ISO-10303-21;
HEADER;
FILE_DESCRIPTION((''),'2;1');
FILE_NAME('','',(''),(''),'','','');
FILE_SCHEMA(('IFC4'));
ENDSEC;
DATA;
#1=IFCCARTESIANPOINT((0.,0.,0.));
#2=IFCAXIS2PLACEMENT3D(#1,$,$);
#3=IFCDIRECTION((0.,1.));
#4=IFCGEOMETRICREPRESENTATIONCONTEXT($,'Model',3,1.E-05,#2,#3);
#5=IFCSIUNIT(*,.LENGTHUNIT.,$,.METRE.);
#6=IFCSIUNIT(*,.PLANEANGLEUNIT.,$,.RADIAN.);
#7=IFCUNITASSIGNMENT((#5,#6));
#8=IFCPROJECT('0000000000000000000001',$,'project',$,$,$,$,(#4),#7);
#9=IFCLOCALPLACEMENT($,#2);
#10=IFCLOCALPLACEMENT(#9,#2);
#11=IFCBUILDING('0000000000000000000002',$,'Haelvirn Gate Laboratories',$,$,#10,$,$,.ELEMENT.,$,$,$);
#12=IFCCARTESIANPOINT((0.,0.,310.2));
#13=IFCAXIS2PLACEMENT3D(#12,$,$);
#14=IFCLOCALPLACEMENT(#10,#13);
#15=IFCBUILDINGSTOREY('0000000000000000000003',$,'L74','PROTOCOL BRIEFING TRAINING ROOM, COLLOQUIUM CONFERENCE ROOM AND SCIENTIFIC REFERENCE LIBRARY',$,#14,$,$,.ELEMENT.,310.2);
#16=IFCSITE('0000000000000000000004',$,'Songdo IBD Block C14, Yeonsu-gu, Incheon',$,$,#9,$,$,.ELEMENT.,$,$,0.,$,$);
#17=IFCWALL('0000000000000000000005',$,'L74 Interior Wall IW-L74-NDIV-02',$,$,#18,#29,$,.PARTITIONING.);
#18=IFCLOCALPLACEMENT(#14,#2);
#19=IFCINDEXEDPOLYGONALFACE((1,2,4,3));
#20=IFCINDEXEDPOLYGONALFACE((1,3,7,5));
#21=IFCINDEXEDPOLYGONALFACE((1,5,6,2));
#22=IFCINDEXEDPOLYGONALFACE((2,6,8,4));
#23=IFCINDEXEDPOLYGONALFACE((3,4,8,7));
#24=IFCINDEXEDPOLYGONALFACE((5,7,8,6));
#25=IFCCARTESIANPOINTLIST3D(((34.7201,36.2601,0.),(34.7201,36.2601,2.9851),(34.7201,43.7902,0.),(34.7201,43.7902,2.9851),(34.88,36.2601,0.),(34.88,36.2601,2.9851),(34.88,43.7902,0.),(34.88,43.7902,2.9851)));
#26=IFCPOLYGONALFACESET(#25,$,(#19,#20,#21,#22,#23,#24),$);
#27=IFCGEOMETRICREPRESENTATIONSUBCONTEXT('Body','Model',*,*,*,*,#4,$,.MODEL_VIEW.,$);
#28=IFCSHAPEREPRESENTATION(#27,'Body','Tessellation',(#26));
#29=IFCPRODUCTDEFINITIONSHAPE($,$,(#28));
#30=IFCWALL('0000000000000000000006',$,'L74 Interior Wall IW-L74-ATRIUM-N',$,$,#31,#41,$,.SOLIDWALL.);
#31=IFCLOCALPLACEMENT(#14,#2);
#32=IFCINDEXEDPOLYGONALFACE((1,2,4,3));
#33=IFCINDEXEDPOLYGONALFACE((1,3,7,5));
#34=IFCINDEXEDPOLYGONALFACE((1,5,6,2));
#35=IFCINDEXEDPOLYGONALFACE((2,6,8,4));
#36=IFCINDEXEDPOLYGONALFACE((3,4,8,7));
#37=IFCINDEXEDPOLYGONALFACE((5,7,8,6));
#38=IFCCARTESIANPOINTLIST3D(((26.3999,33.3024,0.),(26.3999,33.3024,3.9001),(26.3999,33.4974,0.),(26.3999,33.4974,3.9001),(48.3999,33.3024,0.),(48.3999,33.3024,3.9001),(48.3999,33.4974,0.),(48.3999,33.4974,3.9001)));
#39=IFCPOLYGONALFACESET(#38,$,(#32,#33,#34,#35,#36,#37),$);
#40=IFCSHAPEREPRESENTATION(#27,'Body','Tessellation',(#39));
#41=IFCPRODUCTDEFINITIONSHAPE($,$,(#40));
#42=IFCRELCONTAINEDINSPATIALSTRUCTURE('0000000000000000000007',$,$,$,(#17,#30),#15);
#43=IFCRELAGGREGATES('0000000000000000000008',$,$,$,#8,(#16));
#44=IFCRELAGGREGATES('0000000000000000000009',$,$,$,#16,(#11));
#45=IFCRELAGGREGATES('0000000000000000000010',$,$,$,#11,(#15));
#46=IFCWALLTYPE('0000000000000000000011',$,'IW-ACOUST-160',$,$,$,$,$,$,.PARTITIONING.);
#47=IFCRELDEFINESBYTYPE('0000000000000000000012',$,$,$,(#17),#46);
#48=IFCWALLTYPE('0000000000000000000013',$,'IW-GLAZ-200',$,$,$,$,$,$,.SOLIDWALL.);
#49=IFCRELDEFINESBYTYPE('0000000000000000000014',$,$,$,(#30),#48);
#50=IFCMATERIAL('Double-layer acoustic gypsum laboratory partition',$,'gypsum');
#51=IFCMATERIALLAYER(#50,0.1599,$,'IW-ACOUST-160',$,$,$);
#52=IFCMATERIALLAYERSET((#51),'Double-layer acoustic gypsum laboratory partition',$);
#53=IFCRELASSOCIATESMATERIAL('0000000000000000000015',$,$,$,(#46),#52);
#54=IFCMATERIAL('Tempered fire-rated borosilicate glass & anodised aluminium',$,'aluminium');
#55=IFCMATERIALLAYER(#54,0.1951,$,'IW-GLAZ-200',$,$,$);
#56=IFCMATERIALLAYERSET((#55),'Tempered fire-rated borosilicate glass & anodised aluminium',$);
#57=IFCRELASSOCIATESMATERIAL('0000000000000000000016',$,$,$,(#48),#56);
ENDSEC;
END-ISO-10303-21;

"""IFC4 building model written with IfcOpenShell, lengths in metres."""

from ifc_helpers import new_model, si_unit, direction, frame, frame_2d, origin, place, context, subcontext, project, spatial, rectangle, extrude, material, layer, layer_set, type_object, element, save


model = new_model("IFC4")

# Units and contexts
model_context = context("Model", 3, precision=1e-05, world=origin(), true_north=direction((0.0, 1.0)))
body_context = subcontext(model_context, "Body", "Model", "MODEL_VIEW")
ifc_project = project(units=[si_unit("LENGTHUNIT", "METRE"), si_unit("PLANEANGLEUNIT", "RADIAN")], contexts=[model_context])

# Site, building, storey
site_placement = place(None, origin())
site = spatial("IfcSite", under=ifc_project, at=site_placement, Name="Songdo IBD Block C14, Yeonsu-gu, Incheon", CompositionType="ELEMENT", RefElevation=0.0)
building_placement = place(site_placement, origin())
building = spatial("IfcBuilding", under=site, at=building_placement, Name="Haelvirn Gate Laboratories", CompositionType="ELEMENT")
storey_placement = place(building_placement, frame((0.0, 0.0, 310.2)))
storey = spatial("IfcBuildingStorey", under=building, at=storey_placement, Name="L74", Description="PROTOCOL BRIEFING TRAINING ROOM, COLLOQUIUM CONFERENCE ROOM AND SCIENTIFIC REFERENCE LIBRARY", CompositionType="ELEMENT", Elevation=310.2)

# Walls
ifc_material_1 = material(Name="Double-layer acoustic gypsum laboratory partition", Category="gypsum")
ifc_layer_1 = layer(ifc_material_1, 0.1599, Name="IW-ACOUST-160")
ifc_layer_set_1 = layer_set([ifc_layer_1], Name="Double-layer acoustic gypsum laboratory partition")
wall_type_1 = type_object("IfcWallType", Name="IW-ACOUST-160", PredefinedType="PARTITIONING", material=ifc_layer_set_1)
wall_1_placement = place(storey_placement, frame((34.8, 36.26, 0.0), z_axis=(0.0, 0.0, 1.0), x_axis=(0.0, 1.0, 0.0)))
element("IfcWall", 1, at=wall_1_placement, inside=storey, type_object=wall_type_1, Name="L74 Interior Wall IW-L74-NDIV-02", PredefinedType="PARTITIONING", context=body_context, shape_type="SweptSolid", body=[
    extrude(rectangle(XDim=7.53, YDim=0.1599, at=frame_2d((3.7651, 0.0))), origin(), (0.0, 0.0, 1.0), 2.9851),
])
ifc_material_2 = material(Name="Tempered fire-rated borosilicate glass & anodised aluminium", Category="aluminium")
ifc_layer_2 = layer(ifc_material_2, 0.1951, Name="IW-GLAZ-200")
ifc_layer_set_2 = layer_set([ifc_layer_2], Name="Tempered fire-rated borosilicate glass & anodised aluminium")
wall_type_2 = type_object("IfcWallType", Name="IW-GLAZ-200", PredefinedType="SOLIDWALL", material=ifc_layer_set_2)
wall_2_placement = place(storey_placement, frame((26.3999, 33.3999, 0.0), z_axis=(0.0, 0.0, 1.0), x_axis=(1.0, 0.0, 0.0)))
element("IfcWall", 2, at=wall_2_placement, inside=storey, type_object=wall_type_2, Name="L74 Interior Wall IW-L74-ATRIUM-N", PredefinedType="SOLIDWALL", context=body_context, shape_type="SweptSolid", body=[
    extrude(rectangle(XDim=22.0, YDim=0.1951, at=frame_2d((11.0, 0.0))), origin(), (0.0, 0.0, 1.0), 3.9001),
])

save(model, "model.ifc")
